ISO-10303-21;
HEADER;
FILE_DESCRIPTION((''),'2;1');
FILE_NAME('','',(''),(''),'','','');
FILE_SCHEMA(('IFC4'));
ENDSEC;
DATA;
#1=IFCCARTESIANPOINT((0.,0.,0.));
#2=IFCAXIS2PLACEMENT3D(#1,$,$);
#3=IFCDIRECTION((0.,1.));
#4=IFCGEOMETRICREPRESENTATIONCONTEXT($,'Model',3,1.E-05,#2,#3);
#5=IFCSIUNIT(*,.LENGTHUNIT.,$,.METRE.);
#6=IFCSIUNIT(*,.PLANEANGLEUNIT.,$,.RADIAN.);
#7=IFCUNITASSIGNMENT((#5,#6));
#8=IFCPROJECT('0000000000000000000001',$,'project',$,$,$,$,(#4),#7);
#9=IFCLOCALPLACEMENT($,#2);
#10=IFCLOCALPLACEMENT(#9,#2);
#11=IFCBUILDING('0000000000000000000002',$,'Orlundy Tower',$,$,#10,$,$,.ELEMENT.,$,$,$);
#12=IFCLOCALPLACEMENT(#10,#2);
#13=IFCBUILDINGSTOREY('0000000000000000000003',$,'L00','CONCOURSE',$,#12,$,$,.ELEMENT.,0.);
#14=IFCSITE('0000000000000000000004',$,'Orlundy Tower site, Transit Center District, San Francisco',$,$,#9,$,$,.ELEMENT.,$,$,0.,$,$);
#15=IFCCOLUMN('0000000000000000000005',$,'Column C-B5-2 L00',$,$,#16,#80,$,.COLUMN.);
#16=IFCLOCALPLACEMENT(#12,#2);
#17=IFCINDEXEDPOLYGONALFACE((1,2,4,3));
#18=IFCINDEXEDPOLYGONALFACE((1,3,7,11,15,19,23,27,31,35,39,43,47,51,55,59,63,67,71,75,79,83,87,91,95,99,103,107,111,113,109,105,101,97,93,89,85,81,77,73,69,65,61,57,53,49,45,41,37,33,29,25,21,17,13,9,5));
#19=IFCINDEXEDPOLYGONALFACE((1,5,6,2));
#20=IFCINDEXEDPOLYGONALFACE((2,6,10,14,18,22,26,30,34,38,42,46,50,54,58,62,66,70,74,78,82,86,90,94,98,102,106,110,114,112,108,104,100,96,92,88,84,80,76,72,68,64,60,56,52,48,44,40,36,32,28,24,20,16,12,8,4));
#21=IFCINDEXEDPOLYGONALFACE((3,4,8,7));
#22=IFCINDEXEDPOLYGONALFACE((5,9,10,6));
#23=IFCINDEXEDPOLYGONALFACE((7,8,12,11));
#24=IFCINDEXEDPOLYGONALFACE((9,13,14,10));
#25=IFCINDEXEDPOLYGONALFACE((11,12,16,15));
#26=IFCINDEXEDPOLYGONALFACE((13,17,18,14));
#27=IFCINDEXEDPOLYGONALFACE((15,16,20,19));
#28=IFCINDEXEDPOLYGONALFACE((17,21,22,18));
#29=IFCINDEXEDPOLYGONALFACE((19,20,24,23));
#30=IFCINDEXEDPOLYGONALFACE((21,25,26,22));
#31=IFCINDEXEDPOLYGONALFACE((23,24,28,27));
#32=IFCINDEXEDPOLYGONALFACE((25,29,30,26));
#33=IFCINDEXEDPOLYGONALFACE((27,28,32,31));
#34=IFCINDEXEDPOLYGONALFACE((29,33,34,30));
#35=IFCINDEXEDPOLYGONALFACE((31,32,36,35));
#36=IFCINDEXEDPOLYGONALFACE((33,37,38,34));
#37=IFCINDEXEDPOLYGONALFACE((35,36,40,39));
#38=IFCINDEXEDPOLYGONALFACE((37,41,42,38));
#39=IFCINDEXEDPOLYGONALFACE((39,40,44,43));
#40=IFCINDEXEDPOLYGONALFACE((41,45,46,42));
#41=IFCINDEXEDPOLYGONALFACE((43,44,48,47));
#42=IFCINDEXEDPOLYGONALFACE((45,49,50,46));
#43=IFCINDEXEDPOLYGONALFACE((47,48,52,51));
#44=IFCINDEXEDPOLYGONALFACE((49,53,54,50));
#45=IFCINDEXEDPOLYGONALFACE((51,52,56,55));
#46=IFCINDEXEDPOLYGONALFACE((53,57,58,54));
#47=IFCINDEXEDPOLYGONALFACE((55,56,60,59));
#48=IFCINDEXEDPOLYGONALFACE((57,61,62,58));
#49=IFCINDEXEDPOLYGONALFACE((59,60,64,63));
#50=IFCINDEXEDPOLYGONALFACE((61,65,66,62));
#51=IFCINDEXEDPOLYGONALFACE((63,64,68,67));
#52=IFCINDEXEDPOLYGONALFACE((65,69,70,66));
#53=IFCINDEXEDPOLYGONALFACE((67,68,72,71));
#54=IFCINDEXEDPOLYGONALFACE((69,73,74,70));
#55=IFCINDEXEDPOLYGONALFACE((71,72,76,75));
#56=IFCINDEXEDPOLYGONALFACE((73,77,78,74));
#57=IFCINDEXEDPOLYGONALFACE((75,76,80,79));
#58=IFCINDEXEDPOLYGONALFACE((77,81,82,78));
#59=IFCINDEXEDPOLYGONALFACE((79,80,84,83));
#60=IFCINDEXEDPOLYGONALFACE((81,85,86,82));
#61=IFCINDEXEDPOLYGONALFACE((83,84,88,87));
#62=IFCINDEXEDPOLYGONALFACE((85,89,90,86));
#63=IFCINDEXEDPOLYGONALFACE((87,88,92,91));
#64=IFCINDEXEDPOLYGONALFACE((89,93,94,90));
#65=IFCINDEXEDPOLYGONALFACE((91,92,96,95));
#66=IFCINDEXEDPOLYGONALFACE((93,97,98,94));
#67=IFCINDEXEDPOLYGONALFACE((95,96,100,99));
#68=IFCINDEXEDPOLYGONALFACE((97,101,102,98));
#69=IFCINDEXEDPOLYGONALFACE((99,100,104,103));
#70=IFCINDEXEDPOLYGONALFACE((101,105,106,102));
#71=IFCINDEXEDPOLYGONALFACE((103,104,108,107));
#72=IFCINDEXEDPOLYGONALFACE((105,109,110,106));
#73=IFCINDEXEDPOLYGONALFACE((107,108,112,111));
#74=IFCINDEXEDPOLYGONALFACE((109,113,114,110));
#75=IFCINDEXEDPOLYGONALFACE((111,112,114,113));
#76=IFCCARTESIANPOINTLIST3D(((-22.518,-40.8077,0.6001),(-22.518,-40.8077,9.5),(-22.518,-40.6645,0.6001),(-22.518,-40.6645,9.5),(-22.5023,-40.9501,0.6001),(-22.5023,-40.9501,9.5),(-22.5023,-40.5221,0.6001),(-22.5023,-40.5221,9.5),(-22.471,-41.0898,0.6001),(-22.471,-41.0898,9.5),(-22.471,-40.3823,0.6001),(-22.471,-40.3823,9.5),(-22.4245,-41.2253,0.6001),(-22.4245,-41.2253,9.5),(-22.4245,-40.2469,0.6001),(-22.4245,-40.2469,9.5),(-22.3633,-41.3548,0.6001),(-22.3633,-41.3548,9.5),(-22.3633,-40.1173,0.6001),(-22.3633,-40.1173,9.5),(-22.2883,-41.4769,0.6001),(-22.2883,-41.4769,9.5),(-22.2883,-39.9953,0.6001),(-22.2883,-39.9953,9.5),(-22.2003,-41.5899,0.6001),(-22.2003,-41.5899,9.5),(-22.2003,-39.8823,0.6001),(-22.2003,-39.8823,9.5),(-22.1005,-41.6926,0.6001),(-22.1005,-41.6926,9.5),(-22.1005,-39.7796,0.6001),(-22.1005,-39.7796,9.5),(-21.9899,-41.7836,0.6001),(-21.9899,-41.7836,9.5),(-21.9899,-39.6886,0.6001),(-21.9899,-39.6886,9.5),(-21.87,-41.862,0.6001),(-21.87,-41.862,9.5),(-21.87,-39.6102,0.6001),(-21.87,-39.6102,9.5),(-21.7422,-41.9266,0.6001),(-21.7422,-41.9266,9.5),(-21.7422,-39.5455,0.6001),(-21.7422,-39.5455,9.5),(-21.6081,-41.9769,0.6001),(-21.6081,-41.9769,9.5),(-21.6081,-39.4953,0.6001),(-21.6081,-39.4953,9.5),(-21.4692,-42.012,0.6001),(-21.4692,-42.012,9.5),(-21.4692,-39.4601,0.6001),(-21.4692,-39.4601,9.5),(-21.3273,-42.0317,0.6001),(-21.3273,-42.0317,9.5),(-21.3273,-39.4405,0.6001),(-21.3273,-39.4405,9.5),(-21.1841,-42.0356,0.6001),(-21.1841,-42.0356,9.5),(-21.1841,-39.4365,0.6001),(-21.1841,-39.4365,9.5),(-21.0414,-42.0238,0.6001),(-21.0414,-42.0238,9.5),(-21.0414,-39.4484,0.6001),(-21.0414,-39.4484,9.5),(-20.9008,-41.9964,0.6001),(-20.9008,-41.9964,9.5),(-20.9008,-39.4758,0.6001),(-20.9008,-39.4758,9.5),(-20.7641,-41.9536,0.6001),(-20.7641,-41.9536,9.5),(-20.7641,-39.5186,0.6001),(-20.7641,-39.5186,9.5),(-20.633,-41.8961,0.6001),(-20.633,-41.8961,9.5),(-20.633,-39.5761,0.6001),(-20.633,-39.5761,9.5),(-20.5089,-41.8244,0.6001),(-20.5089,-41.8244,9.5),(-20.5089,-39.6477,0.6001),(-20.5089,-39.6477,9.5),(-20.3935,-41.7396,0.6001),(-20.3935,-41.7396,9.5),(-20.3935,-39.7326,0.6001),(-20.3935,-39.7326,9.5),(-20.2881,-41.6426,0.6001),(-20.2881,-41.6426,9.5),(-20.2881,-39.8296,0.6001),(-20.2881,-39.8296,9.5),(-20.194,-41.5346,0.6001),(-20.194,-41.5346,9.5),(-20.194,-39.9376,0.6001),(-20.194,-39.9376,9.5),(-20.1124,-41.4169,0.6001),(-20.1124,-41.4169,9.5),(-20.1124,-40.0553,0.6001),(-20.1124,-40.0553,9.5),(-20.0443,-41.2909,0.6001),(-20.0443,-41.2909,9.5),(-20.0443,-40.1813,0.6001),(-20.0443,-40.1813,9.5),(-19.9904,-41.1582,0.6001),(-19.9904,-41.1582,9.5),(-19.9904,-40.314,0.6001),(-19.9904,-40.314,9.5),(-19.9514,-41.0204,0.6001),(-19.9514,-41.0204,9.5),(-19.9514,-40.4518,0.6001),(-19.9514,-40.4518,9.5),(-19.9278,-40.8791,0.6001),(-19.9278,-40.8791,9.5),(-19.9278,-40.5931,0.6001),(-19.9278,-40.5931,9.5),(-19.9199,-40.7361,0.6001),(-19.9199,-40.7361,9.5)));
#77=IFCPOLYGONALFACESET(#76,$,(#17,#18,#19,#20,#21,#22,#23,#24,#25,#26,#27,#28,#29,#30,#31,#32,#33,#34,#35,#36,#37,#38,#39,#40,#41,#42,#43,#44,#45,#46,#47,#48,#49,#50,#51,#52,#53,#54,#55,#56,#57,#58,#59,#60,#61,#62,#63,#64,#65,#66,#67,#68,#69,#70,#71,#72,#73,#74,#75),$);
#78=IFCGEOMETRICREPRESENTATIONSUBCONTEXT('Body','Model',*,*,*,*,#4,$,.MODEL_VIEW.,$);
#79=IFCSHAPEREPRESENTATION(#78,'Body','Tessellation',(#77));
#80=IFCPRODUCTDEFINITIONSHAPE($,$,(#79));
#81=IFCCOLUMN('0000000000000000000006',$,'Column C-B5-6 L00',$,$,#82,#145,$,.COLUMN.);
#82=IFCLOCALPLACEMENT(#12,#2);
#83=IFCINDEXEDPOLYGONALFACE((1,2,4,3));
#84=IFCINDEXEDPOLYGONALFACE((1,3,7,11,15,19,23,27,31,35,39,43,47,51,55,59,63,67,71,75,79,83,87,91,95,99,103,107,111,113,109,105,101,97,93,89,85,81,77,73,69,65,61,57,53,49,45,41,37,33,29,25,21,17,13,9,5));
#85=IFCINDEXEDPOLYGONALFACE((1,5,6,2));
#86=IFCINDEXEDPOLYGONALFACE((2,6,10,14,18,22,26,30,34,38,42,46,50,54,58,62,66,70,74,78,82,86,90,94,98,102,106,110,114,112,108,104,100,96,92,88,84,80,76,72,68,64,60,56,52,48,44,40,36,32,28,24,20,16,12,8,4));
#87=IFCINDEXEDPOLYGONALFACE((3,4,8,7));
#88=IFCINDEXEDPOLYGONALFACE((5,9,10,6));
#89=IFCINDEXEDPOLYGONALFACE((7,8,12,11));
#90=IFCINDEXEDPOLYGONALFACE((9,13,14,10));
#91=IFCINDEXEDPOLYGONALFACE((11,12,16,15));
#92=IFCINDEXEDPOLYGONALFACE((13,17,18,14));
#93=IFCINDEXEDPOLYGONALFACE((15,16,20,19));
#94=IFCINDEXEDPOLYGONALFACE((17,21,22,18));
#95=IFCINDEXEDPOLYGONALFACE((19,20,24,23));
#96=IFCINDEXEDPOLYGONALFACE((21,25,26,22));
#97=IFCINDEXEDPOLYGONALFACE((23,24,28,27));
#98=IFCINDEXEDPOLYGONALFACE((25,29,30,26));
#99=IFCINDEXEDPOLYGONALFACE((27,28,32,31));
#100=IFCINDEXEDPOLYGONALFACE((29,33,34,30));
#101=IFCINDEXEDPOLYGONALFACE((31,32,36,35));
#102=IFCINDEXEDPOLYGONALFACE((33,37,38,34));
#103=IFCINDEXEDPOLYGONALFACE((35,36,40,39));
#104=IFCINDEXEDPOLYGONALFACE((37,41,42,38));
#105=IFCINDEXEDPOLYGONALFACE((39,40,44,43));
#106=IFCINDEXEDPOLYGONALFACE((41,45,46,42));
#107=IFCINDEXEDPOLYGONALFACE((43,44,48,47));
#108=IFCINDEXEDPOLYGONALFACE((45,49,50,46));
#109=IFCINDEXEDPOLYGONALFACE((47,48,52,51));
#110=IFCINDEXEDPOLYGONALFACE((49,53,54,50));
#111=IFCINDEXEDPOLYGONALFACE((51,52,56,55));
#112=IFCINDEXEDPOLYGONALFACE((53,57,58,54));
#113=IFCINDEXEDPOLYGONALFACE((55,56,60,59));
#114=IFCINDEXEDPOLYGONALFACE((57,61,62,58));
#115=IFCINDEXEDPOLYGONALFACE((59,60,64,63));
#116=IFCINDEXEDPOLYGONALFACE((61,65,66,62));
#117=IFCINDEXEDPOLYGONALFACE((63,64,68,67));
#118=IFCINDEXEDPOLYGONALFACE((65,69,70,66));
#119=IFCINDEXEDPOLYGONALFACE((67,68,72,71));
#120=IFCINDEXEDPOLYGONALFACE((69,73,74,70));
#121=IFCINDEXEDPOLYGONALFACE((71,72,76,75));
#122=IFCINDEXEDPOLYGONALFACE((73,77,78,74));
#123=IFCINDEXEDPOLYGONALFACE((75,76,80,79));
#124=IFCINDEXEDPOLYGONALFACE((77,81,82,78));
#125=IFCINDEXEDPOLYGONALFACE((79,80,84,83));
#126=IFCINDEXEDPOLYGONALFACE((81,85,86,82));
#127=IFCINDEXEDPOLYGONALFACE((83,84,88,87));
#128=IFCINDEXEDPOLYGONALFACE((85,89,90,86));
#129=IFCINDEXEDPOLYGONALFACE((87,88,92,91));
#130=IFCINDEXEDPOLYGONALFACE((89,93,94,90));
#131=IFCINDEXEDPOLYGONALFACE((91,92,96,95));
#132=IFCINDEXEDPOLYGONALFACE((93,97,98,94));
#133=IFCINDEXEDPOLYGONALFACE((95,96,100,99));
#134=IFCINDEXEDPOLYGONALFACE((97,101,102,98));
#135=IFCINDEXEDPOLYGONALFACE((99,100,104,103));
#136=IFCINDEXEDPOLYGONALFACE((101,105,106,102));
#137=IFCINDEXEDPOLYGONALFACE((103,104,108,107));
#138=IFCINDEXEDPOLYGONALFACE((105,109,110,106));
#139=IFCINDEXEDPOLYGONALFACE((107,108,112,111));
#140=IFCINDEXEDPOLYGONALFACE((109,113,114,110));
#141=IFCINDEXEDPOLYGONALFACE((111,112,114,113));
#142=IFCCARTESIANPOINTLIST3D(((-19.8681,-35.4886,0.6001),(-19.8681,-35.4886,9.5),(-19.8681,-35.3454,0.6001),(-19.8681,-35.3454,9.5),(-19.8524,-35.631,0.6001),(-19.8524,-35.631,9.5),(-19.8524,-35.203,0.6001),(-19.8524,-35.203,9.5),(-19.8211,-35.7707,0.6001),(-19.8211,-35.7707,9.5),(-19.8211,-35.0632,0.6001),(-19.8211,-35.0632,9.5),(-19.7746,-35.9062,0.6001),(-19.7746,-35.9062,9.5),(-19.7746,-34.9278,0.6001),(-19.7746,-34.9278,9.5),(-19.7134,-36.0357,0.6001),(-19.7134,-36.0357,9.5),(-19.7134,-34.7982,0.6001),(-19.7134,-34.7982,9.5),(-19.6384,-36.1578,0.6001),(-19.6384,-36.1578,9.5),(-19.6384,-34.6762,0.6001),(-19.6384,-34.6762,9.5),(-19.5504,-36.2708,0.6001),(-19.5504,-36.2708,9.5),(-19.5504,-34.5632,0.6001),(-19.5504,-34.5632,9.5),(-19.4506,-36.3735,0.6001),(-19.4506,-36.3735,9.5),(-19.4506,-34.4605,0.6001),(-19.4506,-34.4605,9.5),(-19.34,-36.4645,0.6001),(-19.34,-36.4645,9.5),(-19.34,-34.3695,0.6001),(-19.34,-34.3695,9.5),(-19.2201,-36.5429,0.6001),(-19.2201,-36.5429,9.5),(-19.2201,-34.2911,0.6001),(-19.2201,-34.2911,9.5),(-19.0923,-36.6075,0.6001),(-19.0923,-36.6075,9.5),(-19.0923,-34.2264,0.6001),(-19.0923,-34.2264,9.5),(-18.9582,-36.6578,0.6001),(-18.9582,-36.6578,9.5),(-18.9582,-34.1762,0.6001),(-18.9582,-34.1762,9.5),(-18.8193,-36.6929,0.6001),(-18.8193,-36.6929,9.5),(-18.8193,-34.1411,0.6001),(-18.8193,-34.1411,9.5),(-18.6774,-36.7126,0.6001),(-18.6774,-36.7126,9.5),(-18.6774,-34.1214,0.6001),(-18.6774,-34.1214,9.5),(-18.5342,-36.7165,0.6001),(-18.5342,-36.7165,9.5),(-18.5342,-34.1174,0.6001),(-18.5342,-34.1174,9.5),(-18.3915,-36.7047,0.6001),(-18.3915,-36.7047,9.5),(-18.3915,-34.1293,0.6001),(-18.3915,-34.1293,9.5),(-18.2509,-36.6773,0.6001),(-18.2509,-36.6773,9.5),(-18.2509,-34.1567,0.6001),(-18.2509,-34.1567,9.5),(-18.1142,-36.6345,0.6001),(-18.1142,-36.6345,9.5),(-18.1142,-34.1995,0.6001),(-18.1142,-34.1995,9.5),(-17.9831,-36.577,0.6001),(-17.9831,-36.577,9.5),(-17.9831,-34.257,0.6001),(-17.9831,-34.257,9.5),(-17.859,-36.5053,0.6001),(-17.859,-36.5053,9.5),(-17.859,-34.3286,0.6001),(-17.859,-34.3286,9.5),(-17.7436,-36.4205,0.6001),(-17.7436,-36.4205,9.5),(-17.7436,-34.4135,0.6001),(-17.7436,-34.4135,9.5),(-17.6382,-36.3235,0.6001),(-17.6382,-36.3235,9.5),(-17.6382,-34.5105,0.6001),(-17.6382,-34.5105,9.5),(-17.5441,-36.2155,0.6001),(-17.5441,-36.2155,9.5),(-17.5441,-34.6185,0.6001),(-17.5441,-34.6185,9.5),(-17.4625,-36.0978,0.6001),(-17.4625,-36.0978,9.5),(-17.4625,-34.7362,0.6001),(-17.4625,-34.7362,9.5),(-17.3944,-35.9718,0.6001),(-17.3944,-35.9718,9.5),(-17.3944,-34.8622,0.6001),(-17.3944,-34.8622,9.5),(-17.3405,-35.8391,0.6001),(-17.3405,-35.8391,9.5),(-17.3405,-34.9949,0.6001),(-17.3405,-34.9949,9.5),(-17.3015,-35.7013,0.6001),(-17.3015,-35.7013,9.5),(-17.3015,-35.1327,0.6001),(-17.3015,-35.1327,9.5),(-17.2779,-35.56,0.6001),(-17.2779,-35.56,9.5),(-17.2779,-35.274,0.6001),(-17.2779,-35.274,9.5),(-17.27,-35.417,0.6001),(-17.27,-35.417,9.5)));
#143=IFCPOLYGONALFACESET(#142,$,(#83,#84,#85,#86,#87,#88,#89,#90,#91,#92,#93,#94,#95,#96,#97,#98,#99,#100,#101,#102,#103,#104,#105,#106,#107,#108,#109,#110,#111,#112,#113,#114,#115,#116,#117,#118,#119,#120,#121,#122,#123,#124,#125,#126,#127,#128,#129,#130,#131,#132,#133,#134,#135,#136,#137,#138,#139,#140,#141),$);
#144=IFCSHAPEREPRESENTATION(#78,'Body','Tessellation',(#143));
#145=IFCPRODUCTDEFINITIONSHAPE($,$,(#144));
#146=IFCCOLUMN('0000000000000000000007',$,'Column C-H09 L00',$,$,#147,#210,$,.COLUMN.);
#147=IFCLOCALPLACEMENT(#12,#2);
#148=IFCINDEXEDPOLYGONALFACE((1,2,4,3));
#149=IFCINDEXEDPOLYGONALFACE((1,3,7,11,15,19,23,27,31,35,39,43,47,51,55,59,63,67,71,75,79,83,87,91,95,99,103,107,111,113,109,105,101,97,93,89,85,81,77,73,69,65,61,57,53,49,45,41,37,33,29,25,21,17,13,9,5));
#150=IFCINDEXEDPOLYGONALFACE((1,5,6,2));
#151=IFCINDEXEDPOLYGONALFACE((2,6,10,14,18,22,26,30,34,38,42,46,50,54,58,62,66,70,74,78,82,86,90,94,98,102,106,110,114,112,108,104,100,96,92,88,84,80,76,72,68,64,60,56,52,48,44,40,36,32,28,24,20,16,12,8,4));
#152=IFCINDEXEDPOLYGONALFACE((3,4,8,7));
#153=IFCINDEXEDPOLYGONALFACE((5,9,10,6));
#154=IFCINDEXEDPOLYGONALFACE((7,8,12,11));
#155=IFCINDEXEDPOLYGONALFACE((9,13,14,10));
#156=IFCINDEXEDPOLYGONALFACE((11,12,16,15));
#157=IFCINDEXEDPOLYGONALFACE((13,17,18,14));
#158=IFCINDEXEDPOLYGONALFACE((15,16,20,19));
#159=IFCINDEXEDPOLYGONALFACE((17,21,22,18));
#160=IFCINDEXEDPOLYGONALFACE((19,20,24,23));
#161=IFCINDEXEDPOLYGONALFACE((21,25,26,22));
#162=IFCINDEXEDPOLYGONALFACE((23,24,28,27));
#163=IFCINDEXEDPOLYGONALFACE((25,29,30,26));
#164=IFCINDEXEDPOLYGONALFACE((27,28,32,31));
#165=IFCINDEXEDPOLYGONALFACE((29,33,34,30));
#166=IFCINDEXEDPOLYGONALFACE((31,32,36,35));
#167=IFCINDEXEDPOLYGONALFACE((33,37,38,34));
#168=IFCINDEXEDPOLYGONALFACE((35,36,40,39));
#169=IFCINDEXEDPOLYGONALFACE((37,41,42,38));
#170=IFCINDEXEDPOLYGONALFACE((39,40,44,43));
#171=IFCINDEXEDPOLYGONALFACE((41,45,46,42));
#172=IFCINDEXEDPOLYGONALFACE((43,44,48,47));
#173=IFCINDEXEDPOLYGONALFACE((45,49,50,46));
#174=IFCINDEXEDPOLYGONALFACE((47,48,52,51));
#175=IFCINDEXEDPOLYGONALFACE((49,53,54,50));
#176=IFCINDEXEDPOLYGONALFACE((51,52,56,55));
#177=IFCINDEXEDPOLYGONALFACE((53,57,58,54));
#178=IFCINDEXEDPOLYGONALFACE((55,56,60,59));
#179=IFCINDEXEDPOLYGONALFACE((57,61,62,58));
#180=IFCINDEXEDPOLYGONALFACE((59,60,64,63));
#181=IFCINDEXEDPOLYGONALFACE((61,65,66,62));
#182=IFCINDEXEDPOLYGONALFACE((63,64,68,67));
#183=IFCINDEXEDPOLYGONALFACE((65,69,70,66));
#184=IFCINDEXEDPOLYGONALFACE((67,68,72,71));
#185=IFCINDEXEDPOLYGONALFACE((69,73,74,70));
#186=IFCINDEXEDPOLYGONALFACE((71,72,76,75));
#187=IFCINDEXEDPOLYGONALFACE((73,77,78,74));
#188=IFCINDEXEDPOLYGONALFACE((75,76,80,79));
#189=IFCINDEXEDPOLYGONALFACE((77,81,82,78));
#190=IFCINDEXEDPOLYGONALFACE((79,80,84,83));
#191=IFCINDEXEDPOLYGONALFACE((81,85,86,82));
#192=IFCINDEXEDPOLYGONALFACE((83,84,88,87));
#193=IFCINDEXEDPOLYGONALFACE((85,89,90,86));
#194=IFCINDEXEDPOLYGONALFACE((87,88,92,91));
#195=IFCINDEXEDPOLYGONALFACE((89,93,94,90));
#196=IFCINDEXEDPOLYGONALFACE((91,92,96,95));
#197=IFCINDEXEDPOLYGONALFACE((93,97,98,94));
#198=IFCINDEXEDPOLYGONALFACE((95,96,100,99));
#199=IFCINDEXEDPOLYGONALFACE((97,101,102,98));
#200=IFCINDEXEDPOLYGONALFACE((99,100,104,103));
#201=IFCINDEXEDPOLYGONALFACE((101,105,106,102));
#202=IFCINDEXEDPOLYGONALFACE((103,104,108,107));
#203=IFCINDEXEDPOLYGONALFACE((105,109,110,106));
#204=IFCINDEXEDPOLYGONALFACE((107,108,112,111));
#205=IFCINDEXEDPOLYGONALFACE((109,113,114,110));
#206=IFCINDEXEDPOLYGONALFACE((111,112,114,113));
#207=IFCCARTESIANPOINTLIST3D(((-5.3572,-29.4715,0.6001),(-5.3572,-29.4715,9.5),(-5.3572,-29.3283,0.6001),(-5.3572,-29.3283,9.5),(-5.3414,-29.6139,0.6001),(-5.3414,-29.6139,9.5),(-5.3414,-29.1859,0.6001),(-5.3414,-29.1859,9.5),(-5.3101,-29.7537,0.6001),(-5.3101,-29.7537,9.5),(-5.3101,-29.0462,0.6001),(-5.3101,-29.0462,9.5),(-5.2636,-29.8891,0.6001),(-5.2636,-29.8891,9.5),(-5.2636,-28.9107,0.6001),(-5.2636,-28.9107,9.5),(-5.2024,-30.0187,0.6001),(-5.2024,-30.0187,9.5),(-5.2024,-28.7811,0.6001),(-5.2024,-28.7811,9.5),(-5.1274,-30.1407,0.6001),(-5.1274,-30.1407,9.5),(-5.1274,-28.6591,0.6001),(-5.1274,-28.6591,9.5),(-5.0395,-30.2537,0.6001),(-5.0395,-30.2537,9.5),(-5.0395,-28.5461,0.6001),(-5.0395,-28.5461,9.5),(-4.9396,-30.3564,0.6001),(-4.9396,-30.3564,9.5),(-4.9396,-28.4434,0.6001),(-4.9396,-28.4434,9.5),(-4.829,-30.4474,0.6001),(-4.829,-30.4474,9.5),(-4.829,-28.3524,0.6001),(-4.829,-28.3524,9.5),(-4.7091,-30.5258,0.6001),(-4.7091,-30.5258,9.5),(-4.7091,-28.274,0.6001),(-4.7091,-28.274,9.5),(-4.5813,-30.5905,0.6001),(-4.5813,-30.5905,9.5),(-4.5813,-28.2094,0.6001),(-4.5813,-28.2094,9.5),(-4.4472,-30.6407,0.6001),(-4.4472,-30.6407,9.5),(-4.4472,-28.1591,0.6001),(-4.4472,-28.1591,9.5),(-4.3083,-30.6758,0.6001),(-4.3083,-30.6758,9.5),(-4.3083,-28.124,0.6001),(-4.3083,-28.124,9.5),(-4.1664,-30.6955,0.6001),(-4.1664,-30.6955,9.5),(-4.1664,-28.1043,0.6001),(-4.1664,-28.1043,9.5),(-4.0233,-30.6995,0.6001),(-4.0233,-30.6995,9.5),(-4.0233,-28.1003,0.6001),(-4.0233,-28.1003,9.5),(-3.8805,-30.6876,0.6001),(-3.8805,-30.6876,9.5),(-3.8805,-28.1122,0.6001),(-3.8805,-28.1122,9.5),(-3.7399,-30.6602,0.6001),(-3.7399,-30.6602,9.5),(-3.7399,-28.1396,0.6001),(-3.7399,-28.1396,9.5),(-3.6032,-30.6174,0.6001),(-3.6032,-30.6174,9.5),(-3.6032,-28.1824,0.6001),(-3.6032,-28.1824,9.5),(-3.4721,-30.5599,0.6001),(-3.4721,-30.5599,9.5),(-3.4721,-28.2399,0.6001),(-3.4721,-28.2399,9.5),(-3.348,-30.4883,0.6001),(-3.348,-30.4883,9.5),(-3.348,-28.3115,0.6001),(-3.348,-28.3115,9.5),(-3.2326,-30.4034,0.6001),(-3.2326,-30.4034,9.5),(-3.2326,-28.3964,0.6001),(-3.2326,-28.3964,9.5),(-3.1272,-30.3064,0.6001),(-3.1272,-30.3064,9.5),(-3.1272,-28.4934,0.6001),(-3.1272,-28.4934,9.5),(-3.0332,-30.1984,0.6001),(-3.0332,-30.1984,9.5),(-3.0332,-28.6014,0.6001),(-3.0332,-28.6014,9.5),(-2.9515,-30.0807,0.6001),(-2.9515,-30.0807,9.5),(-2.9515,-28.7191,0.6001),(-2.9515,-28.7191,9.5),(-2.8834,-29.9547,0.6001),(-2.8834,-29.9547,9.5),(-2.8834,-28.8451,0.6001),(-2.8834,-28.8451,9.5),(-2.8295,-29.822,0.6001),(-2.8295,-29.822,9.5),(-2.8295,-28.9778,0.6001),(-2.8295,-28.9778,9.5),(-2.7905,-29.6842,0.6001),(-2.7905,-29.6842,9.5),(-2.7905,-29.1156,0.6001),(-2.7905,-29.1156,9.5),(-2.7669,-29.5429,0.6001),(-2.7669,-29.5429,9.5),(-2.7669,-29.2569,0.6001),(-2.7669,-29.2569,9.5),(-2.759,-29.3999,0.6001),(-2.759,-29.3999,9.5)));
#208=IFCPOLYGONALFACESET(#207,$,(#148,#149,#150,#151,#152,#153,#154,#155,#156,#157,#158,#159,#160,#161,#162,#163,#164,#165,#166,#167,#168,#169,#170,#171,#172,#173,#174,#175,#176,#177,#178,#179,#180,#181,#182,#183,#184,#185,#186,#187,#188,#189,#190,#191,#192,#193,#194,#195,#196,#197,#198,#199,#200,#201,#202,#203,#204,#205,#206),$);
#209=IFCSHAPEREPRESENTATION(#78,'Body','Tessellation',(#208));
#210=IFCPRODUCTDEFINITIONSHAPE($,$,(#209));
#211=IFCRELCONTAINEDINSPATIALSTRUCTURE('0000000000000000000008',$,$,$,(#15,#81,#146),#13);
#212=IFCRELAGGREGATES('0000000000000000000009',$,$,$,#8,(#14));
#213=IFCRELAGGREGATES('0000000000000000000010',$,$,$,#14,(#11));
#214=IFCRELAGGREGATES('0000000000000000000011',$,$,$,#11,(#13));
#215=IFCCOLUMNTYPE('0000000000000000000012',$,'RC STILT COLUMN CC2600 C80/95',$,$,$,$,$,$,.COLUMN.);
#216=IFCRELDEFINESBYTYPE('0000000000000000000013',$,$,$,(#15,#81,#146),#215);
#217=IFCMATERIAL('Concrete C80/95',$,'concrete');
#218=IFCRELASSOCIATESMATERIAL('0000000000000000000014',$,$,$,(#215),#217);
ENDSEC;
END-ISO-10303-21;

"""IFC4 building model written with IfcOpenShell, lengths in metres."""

from ifc_helpers import new_model, si_unit, direction, frame, origin, origin_2d, place, context, subcontext, project, spatial, circle, extrude, material, material_profile, profile_set, type_object, element, save


model = new_model("IFC4")

# Units and contexts
model_context = context("Model", 3, precision=1e-05, world=origin(), true_north=direction((0.0, 1.0)))
body_context = subcontext(model_context, "Body", "Model", "MODEL_VIEW")
ifc_project = project(units=[si_unit("LENGTHUNIT", "METRE"), si_unit("PLANEANGLEUNIT", "RADIAN")], contexts=[model_context])

# Site, building, storey
site_placement = place(None, origin())
site = spatial("IfcSite", under=ifc_project, at=site_placement, Name="Orlundy Tower site, Transit Center District, San Francisco", CompositionType="ELEMENT", RefElevation=0.0)
building_placement = place(site_placement, origin())
building = spatial("IfcBuilding", under=site, at=building_placement, Name="Orlundy Tower", CompositionType="ELEMENT")
storey_placement = place(building_placement, origin())
storey = spatial("IfcBuildingStorey", under=building, at=storey_placement, Name="L00", Description="CONCOURSE", CompositionType="ELEMENT", Elevation=0.0)

# Columns
ifc_material_1 = material(Name="Concrete C80/95", Category="concrete")
ifc_material_profile_1 = material_profile(ifc_material_1, circle(Radius=1.3, at=origin_2d()), Name="CC2600")
ifc_profile_set_1 = profile_set([ifc_material_profile_1], Name="Concrete C80/95")
column_type = type_object("IfcColumnType", Name="RC STILT COLUMN CC2600 C80/95", PredefinedType="COLUMN", material=ifc_profile_set_1)
for number, where, z_axis, x_axis, name in (
    (1, (-21.22, -40.7361, 0.6001), (0.0, 0.0, 1.0), (1.0, 0.0, 0.0), "Column C-B5-2 L00"),
    (2, (-18.5701, -35.417, 0.6001), (0.0, 0.0, 1.0), (1.0, 0.0, 0.0), "Column C-B5-6 L00"),
    (3, (-4.0591, -29.3999, 0.6001), (0.0, 0.0, 1.0), (1.0, 0.0, 0.0), "Column C-H09 L00"),
):
    element("IfcColumn", number, at=place(storey_placement, frame(where, z_axis=z_axis, x_axis=x_axis)), inside=storey, type_object=column_type, Name=name, PredefinedType="COLUMN", context=body_context, shape_type="SweptSolid", body=[
        extrude(circle(Radius=1.3, at=origin_2d()), origin(), (0.0, 0.0, 1.0), 8.8999),
    ])

save(model, "model.ifc")
